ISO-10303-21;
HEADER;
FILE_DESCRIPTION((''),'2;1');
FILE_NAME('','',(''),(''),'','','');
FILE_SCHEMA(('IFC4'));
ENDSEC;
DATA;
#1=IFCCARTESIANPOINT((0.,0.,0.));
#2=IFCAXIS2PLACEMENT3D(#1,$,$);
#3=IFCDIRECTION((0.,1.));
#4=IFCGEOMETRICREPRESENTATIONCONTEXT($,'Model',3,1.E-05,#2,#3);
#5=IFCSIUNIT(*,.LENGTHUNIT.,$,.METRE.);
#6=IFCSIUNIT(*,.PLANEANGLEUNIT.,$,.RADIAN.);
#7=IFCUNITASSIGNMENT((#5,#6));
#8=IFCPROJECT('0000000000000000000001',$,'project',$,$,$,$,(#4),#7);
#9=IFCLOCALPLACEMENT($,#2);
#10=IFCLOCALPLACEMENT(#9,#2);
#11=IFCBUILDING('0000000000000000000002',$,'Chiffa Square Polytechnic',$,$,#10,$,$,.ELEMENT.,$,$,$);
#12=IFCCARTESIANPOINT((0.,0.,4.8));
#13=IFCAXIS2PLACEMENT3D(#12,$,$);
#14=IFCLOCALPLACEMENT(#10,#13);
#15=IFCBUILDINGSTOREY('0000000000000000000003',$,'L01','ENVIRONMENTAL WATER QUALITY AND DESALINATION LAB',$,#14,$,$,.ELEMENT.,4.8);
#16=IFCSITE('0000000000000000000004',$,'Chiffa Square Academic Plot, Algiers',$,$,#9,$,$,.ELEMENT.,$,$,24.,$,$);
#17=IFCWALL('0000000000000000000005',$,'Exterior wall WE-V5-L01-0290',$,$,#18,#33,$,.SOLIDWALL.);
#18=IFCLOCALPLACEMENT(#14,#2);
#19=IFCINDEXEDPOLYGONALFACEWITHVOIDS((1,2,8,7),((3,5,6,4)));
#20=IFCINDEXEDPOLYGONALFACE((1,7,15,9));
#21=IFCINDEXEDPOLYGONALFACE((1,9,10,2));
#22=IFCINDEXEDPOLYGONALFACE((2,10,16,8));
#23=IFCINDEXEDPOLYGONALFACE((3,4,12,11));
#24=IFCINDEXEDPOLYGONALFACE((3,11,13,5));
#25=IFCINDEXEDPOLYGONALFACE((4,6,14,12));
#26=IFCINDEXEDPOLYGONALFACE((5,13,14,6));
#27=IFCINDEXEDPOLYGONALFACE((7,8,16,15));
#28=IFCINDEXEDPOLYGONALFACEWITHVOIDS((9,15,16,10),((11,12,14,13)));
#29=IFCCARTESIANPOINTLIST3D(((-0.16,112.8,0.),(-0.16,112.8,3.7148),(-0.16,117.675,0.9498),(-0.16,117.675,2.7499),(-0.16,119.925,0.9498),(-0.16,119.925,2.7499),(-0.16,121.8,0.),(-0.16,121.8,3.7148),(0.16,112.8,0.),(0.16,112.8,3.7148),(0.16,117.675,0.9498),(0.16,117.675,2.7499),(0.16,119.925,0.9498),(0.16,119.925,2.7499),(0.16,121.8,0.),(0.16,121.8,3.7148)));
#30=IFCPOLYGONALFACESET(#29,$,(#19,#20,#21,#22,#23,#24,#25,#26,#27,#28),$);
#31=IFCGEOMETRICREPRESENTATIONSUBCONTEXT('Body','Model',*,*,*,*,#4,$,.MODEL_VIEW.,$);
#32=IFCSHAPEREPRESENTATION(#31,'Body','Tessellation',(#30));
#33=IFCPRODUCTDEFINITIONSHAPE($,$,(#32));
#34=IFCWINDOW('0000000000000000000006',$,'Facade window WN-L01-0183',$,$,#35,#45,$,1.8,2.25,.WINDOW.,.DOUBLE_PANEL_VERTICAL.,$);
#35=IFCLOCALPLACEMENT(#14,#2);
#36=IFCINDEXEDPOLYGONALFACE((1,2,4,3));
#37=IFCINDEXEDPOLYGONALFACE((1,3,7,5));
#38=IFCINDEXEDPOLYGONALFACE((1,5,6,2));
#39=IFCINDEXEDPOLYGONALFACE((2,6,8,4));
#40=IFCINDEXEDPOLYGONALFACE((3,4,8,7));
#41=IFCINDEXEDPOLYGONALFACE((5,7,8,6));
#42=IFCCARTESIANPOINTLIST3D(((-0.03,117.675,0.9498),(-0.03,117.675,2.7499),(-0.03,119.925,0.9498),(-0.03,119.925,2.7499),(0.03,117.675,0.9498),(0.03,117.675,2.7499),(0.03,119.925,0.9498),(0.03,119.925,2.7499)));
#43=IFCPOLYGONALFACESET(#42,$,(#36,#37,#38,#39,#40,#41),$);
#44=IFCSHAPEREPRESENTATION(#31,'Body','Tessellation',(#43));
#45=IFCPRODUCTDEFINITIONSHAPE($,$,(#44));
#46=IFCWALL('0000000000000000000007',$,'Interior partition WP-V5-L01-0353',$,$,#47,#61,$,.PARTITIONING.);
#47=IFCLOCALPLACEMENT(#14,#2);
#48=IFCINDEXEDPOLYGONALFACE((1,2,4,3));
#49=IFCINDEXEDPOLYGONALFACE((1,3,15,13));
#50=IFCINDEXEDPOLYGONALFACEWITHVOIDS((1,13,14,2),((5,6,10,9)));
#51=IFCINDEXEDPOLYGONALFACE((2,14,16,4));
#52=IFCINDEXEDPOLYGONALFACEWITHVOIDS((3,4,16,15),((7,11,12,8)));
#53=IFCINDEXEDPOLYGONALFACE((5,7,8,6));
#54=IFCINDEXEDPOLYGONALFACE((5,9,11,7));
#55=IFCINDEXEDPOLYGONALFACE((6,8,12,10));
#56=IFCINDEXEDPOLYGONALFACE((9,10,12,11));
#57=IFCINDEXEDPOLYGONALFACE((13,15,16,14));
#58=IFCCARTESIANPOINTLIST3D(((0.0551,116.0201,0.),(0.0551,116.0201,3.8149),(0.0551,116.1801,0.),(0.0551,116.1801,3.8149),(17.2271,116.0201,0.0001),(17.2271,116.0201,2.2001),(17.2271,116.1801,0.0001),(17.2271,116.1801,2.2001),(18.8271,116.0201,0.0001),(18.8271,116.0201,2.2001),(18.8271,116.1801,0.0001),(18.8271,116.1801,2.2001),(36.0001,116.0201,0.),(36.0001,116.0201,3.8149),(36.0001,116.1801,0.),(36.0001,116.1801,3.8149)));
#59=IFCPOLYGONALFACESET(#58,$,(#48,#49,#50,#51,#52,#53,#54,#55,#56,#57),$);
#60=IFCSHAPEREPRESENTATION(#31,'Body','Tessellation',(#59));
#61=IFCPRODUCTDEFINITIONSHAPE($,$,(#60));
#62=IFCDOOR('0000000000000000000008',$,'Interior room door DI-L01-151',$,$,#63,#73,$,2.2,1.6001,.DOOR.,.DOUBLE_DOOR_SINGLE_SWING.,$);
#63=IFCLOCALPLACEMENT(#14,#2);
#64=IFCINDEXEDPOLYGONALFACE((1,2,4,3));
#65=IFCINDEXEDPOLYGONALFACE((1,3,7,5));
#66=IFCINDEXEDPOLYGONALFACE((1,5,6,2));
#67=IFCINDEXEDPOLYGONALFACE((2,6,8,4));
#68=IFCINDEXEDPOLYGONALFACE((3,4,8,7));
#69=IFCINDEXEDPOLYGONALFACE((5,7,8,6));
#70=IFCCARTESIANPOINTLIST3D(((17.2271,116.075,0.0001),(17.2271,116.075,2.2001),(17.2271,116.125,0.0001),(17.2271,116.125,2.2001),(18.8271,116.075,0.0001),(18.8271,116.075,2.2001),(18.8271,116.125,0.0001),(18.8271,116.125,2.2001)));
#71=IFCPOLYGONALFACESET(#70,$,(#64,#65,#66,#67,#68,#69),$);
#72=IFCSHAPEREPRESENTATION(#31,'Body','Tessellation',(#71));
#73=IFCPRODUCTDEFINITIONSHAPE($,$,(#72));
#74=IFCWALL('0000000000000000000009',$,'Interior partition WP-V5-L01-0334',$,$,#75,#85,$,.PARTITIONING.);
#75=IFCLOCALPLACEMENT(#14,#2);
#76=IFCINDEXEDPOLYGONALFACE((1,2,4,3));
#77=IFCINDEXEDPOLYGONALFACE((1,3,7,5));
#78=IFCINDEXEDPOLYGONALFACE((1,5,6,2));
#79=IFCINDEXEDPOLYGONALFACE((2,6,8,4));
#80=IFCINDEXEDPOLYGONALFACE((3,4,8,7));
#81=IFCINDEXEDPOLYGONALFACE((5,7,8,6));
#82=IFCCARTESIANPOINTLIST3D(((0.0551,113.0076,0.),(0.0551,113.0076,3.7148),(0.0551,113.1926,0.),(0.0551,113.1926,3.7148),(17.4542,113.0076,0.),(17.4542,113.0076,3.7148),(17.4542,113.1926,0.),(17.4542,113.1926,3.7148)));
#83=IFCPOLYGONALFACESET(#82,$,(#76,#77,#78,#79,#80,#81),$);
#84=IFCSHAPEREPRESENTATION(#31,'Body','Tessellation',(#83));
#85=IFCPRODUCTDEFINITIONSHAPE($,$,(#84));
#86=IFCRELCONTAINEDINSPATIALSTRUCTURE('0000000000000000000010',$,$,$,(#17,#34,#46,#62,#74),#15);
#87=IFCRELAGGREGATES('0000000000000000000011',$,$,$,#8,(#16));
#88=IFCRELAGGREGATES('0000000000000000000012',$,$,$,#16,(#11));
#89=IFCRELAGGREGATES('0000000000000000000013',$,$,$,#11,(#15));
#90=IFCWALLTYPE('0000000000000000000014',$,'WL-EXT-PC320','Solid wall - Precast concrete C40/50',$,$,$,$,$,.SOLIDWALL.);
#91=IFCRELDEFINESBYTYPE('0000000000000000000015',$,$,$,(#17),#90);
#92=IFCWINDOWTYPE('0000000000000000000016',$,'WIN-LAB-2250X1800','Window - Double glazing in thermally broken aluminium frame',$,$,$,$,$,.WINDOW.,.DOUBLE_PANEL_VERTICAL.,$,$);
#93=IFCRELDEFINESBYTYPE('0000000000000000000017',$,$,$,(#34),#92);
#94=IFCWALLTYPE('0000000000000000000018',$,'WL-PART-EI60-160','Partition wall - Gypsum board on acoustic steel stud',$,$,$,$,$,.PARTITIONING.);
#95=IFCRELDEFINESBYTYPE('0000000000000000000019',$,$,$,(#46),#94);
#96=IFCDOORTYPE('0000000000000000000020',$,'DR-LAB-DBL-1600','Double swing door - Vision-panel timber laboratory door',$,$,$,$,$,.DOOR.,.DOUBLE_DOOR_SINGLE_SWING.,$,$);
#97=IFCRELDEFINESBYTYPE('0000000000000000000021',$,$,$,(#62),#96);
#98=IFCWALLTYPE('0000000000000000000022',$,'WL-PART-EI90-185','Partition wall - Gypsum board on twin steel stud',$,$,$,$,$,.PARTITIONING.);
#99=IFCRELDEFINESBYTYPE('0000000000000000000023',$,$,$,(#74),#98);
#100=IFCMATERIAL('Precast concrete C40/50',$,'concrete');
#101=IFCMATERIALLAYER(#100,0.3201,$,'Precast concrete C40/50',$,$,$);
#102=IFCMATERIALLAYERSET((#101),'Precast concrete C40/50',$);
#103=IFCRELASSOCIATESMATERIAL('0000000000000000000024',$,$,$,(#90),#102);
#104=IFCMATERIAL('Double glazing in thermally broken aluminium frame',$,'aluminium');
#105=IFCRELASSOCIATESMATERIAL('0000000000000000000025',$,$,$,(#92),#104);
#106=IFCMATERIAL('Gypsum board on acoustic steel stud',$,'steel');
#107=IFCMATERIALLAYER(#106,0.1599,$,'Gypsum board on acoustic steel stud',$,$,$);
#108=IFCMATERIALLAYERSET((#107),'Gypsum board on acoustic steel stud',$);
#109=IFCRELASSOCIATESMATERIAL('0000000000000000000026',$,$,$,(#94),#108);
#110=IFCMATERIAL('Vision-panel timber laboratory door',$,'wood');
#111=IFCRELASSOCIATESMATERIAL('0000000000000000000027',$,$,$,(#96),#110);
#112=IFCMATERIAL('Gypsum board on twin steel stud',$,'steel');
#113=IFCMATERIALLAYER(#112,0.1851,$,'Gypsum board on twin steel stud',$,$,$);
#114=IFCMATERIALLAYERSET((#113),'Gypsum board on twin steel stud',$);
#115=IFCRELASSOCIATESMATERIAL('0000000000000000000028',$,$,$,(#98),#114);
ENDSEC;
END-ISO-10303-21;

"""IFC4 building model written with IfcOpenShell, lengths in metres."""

from ifc_helpers import new_model, si_unit, direction, frame, frame_2d, origin, place, context, subcontext, project, spatial, rectangle, extrude, material, layer, layer_set, type_object, element, fill, save


model = new_model("IFC4")

# Units and contexts
model_context = context("Model", 3, precision=1e-05, world=origin(), true_north=direction((0.0, 1.0)))
body_context = subcontext(model_context, "Body", "Model", "MODEL_VIEW")
ifc_project = project(units=[si_unit("LENGTHUNIT", "METRE"), si_unit("PLANEANGLEUNIT", "RADIAN")], contexts=[model_context])

# Site, building, storey
site_placement = place(None, origin())
site = spatial("IfcSite", under=ifc_project, at=site_placement, Name="Chiffa Square Academic Plot, Algiers", CompositionType="ELEMENT", RefElevation=24.0)
building_placement = place(site_placement, origin())
building = spatial("IfcBuilding", under=site, at=building_placement, Name="Chiffa Square Polytechnic", CompositionType="ELEMENT")
storey_placement = place(building_placement, frame((0.0, 0.0, 4.8)))
storey = spatial("IfcBuildingStorey", under=building, at=storey_placement, Name="L01", Description="ENVIRONMENTAL WATER QUALITY AND DESALINATION LAB", CompositionType="ELEMENT", Elevation=4.8)

# Shared definitions
ifc_material_1 = material(Name="Precast concrete C40/50", Category="concrete")

# Wall, opening, window
ifc_layer_1 = layer(ifc_material_1, 0.3201, Name="Precast concrete C40/50")
ifc_layer_set_1 = layer_set([ifc_layer_1], Name="Precast concrete C40/50")
wall_type_1 = type_object("IfcWallType", Name="WL-EXT-PC320", Description="Solid wall - Precast concrete C40/50", PredefinedType="SOLIDWALL", material=ifc_layer_set_1)
wall_1_placement = place(storey_placement, frame((0.0, 121.8, 0.0), z_axis=(0.0, 0.0, 1.0), x_axis=(0.0, -1.0, 0.0)))
wall_1 = element("IfcWall", 1, at=wall_1_placement, inside=storey, type_object=wall_type_1, Name="Exterior wall WE-V5-L01-0290", PredefinedType="SOLIDWALL", context=body_context, shape_type="SweptSolid", body=[
    extrude(rectangle(XDim=9.0, YDim=0.3201, at=frame_2d((4.5, 0.0))), origin(), (0.0, 0.0, 1.0), 3.7148),
])
opening_1_placement = place(wall_1_placement, frame((1.875, 0.0, 0.95)))
opening_1 = element("IfcOpeningElement", 2, at=opening_1_placement, cuts=wall_1, PredefinedType="OPENING", context=body_context, shape_type="SweptSolid", body=[
    extrude(rectangle(XDim=2.25, YDim=1.8, at=frame_2d((1.125, 0.8999))), frame((0.0, 0.1699, 0.0), z_axis=(0.0, -1.0, 0.0), x_axis=(1.0, 0.0, 0.0)), (0.0, 0.0, 1.0), 0.3401),
])
ifc_material_2 = material(Name="Double glazing in thermally broken aluminium frame", Category="aluminium")
window_type = type_object("IfcWindowType", Name="WIN-LAB-2250X1800", Description="Window - Double glazing in thermally broken aluminium frame", PartitioningType="DOUBLE_PANEL_VERTICAL", PredefinedType="WINDOW", material=ifc_material_2)
window_placement = place(opening_1_placement, origin())
window = element("IfcWindow", 3, at=window_placement, inside=storey, type_object=window_type, Name="Facade window WN-L01-0183", OverallHeight=1.8, OverallWidth=2.25, PartitioningType="DOUBLE_PANEL_VERTICAL", PredefinedType="WINDOW", context=body_context, shape_type="SweptSolid", body=[
    extrude(rectangle(XDim=2.25, YDim=1.8, at=frame_2d((1.125, 0.8999))), frame((0.0, 0.03, 0.0), z_axis=(0.0, -1.0, 0.0), x_axis=(1.0, 0.0, 0.0)), (0.0, 0.0, 1.0), 0.0601),
])
fill(opening_1, window)

# Wall, opening, door
ifc_material_3 = material(Name="Gypsum board on acoustic steel stud", Category="steel")
ifc_layer_2 = layer(ifc_material_3, 0.1599, Name="Gypsum board on acoustic steel stud")
ifc_layer_set_2 = layer_set([ifc_layer_2], Name="Gypsum board on acoustic steel stud")
wall_type_2 = type_object("IfcWallType", Name="WL-PART-EI60-160", Description="Partition wall - Gypsum board on acoustic steel stud", PredefinedType="PARTITIONING", material=ifc_layer_set_2)
wall_2_placement = place(storey_placement, frame((0.0549, 116.1001, 0.0), z_axis=(0.0, 0.0, 1.0), x_axis=(1.0, 0.0, 0.0)))
wall_2 = element("IfcWall", 4, at=wall_2_placement, inside=storey, type_object=wall_type_2, Name="Interior partition WP-V5-L01-0353", PredefinedType="PARTITIONING", context=body_context, shape_type="SweptSolid", body=[
    extrude(rectangle(XDim=35.9451, YDim=0.1599, at=frame_2d((17.9727, 0.0))), origin(), (0.0, 0.0, 1.0), 3.8149),
])
opening_2_placement = place(wall_2_placement, frame((17.1721, 0.0, 0.0)))
opening_2 = element("IfcOpeningElement", 5, at=opening_2_placement, cuts=wall_2, PredefinedType="OPENING", context=body_context, shape_type="SweptSolid", body=[
    extrude(rectangle(XDim=1.6001, YDim=2.2, at=frame_2d((0.8, 1.1001))), frame((0.0, 0.0898, 0.0), z_axis=(0.0, -1.0, 0.0), x_axis=(1.0, 0.0, 0.0)), (0.0, 0.0, 1.0), 0.1799),
])
ifc_material_4 = material(Name="Vision-panel timber laboratory door", Category="wood")
door_type = type_object("IfcDoorType", Name="DR-LAB-DBL-1600", Description="Double swing door - Vision-panel timber laboratory door", OperationType="DOUBLE_DOOR_SINGLE_SWING", PredefinedType="DOOR", material=ifc_material_4)
door_placement = place(opening_2_placement, origin())
door = element("IfcDoor", 6, at=door_placement, inside=storey, type_object=door_type, Name="Interior room door DI-L01-151", OperationType="DOUBLE_DOOR_SINGLE_SWING", OverallHeight=2.2, OverallWidth=1.6001, PredefinedType="DOOR", context=body_context, shape_type="SweptSolid", body=[
    extrude(rectangle(XDim=1.6001, YDim=2.2, at=frame_2d((0.8, 1.1001))), frame((0.0, 0.0249, 0.0), z_axis=(0.0, -1.0, 0.0), x_axis=(1.0, 0.0, 0.0)), (0.0, 0.0, 1.0), 0.05),
])
fill(opening_2, door)

# Wall
ifc_material_5 = material(Name="Gypsum board on twin steel stud", Category="steel")
ifc_layer_3 = layer(ifc_material_5, 0.1851, Name="Gypsum board on twin steel stud")
ifc_layer_set_3 = layer_set([ifc_layer_3], Name="Gypsum board on twin steel stud")
wall_type_3 = type_object("IfcWallType", Name="WL-PART-EI90-185", Description="Partition wall - Gypsum board on twin steel stud", PredefinedType="PARTITIONING", material=ifc_layer_set_3)
wall_3_placement = place(storey_placement, frame((0.0549, 113.1001, 0.0), z_axis=(0.0, 0.0, 1.0), x_axis=(1.0, 0.0, 0.0)))
element("IfcWall", 7, at=wall_3_placement, inside=storey, type_object=wall_type_3, Name="Interior partition WP-V5-L01-0334", PredefinedType="PARTITIONING", context=body_context, shape_type="SweptSolid", body=[
    extrude(rectangle(XDim=17.3992, YDim=0.1851, at=frame_2d((8.6997, 0.0))), origin(), (0.0, 0.0, 1.0), 3.7148),
])

save(model, "model.ifc")
